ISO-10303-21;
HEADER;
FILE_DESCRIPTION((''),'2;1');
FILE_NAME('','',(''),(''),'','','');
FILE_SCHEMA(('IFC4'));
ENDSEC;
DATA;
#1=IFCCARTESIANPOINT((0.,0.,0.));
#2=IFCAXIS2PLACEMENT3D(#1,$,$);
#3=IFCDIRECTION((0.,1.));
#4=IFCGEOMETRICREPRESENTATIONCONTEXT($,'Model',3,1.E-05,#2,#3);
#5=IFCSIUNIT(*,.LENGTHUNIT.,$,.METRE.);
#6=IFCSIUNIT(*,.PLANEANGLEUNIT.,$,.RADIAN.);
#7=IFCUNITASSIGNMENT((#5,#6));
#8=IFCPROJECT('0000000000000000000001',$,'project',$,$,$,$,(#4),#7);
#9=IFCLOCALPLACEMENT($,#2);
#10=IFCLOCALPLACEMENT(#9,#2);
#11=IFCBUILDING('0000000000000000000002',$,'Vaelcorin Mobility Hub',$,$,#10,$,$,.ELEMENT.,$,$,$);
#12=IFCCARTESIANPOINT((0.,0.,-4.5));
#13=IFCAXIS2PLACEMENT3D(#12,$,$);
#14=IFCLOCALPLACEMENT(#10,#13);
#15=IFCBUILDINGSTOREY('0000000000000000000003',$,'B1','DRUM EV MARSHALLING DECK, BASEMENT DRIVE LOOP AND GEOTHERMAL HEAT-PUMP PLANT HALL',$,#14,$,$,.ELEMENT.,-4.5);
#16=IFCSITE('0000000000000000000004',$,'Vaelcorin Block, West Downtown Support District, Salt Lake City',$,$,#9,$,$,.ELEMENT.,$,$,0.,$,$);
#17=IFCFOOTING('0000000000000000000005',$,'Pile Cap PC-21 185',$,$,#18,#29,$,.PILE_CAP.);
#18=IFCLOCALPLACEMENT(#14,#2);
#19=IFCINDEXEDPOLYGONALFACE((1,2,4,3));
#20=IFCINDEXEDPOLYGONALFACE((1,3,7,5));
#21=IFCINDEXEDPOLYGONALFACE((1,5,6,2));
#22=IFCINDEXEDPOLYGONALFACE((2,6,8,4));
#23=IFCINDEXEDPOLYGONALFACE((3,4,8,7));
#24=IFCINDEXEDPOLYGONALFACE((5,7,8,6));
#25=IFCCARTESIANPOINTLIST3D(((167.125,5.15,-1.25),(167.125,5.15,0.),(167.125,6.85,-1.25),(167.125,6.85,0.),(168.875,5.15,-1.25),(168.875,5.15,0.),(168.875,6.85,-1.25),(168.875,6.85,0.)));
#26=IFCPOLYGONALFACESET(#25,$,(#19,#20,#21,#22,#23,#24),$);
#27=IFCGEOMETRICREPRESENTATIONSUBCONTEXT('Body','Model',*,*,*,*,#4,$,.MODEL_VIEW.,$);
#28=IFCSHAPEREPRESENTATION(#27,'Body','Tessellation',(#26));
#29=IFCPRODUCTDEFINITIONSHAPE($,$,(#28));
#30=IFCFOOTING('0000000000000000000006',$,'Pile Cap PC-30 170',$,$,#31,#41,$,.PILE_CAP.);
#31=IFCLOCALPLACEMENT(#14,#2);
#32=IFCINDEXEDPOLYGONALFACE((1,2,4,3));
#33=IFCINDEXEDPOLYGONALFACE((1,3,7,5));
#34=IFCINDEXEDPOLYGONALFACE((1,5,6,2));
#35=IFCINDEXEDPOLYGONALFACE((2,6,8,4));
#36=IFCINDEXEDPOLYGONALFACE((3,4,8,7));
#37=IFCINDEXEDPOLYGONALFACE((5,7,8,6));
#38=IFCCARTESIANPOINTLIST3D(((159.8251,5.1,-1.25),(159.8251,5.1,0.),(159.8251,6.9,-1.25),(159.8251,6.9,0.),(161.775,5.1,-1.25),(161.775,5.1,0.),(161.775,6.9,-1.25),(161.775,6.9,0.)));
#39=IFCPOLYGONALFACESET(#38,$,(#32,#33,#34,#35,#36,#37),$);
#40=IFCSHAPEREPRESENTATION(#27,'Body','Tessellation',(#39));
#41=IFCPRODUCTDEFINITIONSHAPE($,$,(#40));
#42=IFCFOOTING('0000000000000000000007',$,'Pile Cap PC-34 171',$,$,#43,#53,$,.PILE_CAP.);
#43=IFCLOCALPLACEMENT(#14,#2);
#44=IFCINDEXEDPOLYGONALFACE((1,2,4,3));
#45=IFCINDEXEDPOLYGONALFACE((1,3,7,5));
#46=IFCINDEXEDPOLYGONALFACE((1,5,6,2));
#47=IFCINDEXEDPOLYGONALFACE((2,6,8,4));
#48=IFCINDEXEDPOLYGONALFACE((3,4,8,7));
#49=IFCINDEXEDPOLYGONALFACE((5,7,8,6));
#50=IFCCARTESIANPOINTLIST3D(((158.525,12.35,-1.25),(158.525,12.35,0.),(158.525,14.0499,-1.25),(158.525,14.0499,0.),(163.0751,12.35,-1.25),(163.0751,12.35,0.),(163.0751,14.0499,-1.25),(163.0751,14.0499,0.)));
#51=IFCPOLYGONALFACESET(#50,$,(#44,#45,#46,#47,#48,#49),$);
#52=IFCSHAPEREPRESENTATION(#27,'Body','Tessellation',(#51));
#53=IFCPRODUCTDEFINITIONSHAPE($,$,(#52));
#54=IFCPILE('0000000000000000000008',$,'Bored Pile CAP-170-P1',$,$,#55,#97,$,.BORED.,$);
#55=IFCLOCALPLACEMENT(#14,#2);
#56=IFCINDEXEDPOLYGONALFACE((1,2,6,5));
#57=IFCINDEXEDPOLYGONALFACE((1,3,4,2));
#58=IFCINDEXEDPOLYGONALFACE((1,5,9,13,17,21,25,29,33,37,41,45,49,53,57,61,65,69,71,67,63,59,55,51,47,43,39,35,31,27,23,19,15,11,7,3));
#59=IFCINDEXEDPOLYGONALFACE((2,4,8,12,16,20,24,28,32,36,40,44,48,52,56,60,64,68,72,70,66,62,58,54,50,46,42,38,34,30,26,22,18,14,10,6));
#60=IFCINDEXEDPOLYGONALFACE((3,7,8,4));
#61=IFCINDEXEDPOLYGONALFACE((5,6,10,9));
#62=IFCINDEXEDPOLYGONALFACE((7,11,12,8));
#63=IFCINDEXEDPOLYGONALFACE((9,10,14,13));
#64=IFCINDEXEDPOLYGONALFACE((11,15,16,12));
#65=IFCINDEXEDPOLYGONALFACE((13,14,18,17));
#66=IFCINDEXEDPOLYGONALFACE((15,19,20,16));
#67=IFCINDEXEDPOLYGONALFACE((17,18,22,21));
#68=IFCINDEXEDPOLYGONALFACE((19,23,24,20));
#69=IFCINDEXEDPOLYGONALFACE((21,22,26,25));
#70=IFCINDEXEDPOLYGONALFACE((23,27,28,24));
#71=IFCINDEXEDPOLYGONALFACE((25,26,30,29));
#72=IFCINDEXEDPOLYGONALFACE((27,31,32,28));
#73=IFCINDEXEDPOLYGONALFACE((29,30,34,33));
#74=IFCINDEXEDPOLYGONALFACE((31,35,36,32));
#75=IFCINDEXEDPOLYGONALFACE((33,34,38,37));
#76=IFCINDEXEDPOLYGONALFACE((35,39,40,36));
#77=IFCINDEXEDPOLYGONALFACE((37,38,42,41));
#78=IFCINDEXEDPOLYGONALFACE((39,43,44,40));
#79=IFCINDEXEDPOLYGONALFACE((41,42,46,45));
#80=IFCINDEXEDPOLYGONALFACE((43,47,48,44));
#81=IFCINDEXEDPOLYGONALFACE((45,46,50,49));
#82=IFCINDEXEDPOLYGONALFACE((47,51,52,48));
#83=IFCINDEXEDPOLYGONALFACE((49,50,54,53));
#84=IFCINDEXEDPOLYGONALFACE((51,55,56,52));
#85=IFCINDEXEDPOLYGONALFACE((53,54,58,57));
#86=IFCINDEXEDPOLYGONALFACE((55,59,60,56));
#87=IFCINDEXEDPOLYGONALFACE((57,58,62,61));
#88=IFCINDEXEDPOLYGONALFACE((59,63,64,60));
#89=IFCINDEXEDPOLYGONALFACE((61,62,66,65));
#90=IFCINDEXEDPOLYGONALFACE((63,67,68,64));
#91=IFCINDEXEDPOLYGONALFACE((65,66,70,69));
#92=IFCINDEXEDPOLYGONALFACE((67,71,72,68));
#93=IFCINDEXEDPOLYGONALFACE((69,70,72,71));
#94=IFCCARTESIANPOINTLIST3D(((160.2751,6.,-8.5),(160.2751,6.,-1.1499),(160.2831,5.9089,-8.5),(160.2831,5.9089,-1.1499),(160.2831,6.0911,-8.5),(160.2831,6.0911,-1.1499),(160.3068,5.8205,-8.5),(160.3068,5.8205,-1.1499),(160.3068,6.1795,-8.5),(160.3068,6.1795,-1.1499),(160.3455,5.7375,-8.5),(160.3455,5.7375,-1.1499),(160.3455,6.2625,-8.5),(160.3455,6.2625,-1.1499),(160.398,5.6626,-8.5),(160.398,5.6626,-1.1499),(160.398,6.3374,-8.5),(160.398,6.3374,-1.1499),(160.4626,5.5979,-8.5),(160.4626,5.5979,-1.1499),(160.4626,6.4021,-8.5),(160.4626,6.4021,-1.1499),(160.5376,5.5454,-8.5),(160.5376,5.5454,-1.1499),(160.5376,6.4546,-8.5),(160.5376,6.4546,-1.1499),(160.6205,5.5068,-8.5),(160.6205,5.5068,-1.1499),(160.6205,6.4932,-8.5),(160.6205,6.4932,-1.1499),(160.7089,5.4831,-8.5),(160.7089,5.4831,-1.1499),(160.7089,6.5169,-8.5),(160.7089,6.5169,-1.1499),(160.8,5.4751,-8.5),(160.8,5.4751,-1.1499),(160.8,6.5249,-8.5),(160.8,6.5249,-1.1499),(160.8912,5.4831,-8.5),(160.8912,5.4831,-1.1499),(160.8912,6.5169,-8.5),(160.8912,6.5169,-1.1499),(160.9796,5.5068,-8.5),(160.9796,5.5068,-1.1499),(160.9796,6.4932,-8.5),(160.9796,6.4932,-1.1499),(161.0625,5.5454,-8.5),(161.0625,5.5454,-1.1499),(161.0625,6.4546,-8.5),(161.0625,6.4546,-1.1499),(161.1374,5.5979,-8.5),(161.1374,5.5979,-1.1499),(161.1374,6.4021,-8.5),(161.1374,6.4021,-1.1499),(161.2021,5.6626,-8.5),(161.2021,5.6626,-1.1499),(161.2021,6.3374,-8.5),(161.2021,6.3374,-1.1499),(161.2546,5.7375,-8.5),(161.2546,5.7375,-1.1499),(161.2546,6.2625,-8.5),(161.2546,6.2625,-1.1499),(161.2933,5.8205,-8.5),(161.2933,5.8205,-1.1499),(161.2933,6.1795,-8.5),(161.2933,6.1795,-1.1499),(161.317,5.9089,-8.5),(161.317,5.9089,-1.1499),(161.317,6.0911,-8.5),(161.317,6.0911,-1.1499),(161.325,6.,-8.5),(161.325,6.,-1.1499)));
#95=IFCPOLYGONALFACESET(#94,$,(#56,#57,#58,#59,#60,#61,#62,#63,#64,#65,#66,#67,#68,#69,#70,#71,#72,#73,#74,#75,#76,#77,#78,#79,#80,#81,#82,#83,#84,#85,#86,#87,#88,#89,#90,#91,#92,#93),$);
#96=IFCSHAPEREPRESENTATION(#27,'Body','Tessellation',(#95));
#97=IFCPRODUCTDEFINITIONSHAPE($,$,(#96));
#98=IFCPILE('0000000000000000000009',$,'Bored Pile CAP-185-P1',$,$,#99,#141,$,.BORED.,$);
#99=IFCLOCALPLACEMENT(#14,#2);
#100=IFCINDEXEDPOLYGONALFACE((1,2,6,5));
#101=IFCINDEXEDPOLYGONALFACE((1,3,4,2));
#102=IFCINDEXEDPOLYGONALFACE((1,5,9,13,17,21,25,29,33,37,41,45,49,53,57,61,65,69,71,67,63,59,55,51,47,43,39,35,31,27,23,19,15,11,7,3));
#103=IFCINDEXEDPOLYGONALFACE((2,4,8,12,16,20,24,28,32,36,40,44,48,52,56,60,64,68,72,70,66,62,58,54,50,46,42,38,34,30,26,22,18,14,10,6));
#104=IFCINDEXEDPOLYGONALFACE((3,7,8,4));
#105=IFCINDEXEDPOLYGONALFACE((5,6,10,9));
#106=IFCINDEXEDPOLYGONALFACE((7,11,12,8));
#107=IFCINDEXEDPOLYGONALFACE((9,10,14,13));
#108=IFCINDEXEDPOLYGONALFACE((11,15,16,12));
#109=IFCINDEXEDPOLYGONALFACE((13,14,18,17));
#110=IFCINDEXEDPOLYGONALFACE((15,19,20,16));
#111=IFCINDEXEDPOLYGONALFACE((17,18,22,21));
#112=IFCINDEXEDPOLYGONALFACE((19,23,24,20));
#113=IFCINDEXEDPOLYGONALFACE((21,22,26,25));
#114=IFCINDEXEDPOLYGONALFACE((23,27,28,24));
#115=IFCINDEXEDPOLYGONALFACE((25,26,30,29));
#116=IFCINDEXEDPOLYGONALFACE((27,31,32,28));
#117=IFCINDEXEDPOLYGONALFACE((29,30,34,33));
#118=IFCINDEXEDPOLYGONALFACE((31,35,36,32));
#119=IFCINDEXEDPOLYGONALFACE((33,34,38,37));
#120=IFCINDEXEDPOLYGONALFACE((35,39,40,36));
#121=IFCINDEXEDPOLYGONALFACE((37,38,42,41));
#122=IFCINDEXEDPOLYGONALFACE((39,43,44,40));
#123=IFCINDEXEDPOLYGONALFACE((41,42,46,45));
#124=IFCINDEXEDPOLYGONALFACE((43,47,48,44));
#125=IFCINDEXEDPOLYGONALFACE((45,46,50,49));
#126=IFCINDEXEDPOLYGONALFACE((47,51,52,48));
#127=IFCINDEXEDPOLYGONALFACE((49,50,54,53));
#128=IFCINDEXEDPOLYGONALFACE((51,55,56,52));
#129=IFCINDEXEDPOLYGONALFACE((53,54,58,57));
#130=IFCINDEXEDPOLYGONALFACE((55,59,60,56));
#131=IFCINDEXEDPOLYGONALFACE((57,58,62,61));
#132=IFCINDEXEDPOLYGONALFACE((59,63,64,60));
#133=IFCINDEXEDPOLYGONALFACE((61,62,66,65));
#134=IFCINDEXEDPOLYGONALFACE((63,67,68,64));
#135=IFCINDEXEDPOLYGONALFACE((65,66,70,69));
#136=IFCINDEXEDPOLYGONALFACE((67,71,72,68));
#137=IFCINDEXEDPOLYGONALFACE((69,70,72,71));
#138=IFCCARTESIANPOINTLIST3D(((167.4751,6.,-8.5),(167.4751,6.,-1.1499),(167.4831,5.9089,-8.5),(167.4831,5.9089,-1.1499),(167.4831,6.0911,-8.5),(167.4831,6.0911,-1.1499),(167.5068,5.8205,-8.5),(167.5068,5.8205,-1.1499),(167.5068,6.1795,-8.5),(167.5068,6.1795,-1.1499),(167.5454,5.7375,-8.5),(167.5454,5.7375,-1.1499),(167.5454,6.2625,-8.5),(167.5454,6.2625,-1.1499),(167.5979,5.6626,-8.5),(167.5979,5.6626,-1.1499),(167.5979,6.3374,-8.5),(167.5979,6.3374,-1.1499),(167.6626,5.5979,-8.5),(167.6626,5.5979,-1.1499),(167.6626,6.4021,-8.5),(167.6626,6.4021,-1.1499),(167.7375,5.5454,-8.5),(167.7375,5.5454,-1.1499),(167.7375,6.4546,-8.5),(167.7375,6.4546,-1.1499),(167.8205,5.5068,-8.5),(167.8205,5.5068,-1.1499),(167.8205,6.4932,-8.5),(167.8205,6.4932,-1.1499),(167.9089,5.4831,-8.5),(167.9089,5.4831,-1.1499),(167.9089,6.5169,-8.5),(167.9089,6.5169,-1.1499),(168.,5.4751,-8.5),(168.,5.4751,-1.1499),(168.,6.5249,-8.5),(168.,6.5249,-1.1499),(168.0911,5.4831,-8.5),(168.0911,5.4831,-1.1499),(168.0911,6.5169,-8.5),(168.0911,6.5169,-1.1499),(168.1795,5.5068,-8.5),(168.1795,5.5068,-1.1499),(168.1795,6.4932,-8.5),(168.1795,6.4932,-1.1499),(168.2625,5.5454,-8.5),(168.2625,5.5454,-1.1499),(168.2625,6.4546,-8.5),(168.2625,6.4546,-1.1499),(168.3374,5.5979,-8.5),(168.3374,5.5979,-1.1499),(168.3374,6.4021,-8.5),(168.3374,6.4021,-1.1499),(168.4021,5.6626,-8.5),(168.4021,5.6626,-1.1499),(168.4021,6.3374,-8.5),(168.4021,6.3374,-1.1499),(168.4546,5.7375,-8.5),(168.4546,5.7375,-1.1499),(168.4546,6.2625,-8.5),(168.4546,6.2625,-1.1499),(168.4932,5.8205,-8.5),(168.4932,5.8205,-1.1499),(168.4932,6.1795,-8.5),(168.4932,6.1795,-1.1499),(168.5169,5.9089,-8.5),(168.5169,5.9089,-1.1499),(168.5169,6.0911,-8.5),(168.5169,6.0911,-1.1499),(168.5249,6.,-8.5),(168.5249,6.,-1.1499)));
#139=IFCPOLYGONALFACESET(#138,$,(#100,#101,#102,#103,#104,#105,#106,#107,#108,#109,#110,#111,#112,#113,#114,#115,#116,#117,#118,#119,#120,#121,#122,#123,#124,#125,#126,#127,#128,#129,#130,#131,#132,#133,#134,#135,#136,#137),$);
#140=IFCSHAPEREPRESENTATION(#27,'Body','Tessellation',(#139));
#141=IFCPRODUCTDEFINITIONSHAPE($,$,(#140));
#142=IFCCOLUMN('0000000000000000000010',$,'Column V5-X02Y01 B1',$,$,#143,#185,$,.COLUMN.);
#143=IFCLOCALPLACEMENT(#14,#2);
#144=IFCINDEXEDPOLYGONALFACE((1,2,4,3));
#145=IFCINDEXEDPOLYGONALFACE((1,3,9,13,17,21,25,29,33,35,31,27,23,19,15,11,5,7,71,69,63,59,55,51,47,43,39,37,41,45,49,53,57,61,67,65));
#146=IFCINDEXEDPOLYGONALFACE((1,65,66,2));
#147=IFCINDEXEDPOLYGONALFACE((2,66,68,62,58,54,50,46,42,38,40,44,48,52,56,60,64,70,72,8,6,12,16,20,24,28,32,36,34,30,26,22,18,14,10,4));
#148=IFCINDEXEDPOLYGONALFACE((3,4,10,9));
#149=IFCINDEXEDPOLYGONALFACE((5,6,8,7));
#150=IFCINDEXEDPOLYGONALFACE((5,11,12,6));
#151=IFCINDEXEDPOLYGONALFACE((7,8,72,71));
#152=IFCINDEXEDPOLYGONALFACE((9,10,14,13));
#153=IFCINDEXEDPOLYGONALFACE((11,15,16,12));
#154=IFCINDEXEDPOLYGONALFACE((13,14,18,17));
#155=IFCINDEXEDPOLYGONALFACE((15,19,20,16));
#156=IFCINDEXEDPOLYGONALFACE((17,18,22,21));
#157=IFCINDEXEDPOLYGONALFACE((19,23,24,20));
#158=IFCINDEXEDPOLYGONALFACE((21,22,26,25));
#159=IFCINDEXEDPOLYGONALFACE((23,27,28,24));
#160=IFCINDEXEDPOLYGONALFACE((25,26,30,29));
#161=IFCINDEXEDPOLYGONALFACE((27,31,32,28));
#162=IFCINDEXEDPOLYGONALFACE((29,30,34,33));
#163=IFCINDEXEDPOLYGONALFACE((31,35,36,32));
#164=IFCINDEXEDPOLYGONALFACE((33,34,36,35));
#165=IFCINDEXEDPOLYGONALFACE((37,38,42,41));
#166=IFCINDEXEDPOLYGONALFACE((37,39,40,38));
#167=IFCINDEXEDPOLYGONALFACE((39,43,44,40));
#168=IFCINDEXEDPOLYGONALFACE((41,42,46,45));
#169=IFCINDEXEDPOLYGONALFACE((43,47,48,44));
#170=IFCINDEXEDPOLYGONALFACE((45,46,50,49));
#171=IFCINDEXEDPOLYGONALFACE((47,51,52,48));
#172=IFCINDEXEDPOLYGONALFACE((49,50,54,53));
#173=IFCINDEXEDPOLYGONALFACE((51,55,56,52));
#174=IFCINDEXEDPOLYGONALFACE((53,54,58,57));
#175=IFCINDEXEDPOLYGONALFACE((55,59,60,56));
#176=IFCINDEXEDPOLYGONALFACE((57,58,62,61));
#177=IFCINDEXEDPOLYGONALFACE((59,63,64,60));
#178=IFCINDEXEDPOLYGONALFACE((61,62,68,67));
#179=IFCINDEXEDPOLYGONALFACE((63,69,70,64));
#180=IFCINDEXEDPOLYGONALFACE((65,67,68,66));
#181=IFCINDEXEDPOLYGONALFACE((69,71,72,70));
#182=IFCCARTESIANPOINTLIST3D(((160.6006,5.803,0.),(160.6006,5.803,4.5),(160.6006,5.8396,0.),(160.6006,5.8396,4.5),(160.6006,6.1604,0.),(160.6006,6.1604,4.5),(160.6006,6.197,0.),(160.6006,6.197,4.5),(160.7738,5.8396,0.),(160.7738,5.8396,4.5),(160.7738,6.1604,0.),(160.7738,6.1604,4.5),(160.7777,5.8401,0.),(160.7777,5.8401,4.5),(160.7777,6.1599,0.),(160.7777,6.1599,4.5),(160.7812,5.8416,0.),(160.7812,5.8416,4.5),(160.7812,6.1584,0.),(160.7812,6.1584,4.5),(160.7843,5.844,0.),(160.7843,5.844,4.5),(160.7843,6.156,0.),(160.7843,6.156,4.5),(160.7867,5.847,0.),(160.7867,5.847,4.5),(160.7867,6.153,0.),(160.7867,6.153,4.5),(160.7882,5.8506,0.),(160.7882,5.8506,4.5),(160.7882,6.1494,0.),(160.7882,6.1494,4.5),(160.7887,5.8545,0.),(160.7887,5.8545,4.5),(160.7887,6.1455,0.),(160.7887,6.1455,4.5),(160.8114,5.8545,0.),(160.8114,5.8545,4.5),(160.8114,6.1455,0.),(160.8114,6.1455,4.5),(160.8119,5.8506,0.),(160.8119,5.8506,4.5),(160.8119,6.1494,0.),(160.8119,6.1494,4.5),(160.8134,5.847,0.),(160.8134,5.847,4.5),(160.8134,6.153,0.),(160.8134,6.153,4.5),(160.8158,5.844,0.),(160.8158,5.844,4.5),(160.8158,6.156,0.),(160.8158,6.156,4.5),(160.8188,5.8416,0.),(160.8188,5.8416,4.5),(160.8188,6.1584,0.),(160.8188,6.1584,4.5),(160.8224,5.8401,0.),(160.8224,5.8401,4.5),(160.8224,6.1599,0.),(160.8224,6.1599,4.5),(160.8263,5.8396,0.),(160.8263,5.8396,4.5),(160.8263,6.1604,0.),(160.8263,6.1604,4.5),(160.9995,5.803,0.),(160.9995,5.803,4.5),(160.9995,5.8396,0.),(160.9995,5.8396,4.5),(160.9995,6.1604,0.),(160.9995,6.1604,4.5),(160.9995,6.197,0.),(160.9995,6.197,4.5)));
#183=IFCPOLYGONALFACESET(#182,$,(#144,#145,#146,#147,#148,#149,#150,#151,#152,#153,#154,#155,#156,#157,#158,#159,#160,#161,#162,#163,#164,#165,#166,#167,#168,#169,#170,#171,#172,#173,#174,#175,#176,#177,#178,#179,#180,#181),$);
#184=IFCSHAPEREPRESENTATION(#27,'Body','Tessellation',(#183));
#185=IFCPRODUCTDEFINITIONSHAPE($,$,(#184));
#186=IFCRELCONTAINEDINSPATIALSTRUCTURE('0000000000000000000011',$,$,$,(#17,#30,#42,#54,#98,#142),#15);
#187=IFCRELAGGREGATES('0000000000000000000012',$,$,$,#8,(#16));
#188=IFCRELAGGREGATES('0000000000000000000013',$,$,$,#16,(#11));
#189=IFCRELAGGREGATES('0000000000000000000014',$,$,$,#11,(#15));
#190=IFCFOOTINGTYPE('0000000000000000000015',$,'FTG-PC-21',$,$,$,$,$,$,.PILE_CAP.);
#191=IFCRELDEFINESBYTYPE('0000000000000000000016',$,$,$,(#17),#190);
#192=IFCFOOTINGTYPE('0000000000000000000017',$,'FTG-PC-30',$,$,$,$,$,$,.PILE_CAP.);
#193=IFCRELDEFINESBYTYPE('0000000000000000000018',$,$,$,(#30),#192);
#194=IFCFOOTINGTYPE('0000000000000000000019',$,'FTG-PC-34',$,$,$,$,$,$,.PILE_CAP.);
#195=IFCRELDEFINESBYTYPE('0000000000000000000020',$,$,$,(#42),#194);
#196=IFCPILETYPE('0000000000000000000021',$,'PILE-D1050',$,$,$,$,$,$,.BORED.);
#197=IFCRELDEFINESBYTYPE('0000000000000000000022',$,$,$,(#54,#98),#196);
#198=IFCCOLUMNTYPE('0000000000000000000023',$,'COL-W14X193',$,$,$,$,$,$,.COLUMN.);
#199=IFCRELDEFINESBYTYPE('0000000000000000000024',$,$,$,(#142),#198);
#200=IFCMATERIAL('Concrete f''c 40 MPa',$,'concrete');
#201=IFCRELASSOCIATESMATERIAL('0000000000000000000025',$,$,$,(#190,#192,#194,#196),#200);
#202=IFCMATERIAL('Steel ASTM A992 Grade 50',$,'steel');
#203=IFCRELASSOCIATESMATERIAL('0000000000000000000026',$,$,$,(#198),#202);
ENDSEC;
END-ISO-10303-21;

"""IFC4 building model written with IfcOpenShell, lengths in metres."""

from ifc_helpers import new_model, si_unit, direction, frame, origin, origin_2d, place, context, subcontext, project, spatial, rectangle, circle, i_section, extrude, material, material_profile, profile_set, type_object, element, save


model = new_model("IFC4")

# Units and contexts
model_context = context("Model", 3, precision=1e-05, world=origin(), true_north=direction((0.0, 1.0)))
body_context = subcontext(model_context, "Body", "Model", "MODEL_VIEW")
ifc_project = project(units=[si_unit("LENGTHUNIT", "METRE"), si_unit("PLANEANGLEUNIT", "RADIAN")], contexts=[model_context])

# Site, building, storey
site_placement = place(None, origin())
site = spatial("IfcSite", under=ifc_project, at=site_placement, Name="Vaelcorin Block, West Downtown Support District, Salt Lake City", CompositionType="ELEMENT", RefElevation=0.0)
building_placement = place(site_placement, origin())
building = spatial("IfcBuilding", under=site, at=building_placement, Name="Vaelcorin Mobility Hub", CompositionType="ELEMENT")
storey_placement = place(building_placement, frame((0.0, 0.0, -4.5)))
storey = spatial("IfcBuildingStorey", under=building, at=storey_placement, Name="B1", Description="DRUM EV MARSHALLING DECK, BASEMENT DRIVE LOOP AND GEOTHERMAL HEAT-PUMP PLANT HALL", CompositionType="ELEMENT", Elevation=-4.5)

# Footings
ifc_material_1 = material(Name="Concrete f'c 40 MPa", Category="concrete")
footing_type_1 = type_object("IfcFootingType", Name="FTG-PC-21", PredefinedType="PILE_CAP", material=ifc_material_1)
footing_1_placement = place(storey_placement, frame((168.0, 6.0, -1.25), z_axis=(0.0, 0.0, 1.0), x_axis=(1.0, 0.0, 0.0)))
element("IfcFooting", 1, at=footing_1_placement, inside=storey, type_object=footing_type_1, Name="Pile Cap PC-21 185", PredefinedType="PILE_CAP", context=body_context, shape_type="SweptSolid", body=[
    extrude(rectangle(XDim=1.75, YDim=1.7, at=origin_2d()), origin(), (0.0, 0.0, 1.0), 1.25),
])
footing_type_2 = type_object("IfcFootingType", Name="FTG-PC-30", PredefinedType="PILE_CAP", material=ifc_material_1)
footing_2_placement = place(storey_placement, frame((160.8, 6.0, -1.25), z_axis=(0.0, 0.0, 1.0), x_axis=(1.0, 0.0, 0.0)))
element("IfcFooting", 2, at=footing_2_placement, inside=storey, type_object=footing_type_2, Name="Pile Cap PC-30 170", PredefinedType="PILE_CAP", context=body_context, shape_type="SweptSolid", body=[
    extrude(rectangle(XDim=1.95, YDim=1.8, at=origin_2d()), origin(), (0.0, 0.0, 1.0), 1.25),
])
footing_type_3 = type_object("IfcFootingType", Name="FTG-PC-34", PredefinedType="PILE_CAP", material=ifc_material_1)
footing_3_placement = place(storey_placement, frame((160.8, 13.2, -1.25), z_axis=(0.0, 0.0, 1.0), x_axis=(1.0, 0.0, 0.0)))
element("IfcFooting", 3, at=footing_3_placement, inside=storey, type_object=footing_type_3, Name="Pile Cap PC-34 171", PredefinedType="PILE_CAP", context=body_context, shape_type="SweptSolid", body=[
    extrude(rectangle(XDim=4.55, YDim=1.7, at=origin_2d()), origin(), (0.0, 0.0, 1.0), 1.25),
])

# Piles
ifc_material_profile_1 = material_profile(ifc_material_1, circle(Radius=0.5249, at=origin_2d()), Name="BP-D1050")
ifc_profile_set_1 = profile_set([ifc_material_profile_1], Name="Concrete f'c 40 MPa")
pile_type = type_object("IfcPileType", Name="PILE-D1050", PredefinedType="BORED", material=ifc_profile_set_1)
for number, where, z_axis, x_axis, name in (
    (4, (160.8, 6.0, -1.1499), (0.0, 0.0, -1.0), (1.0, 0.0, 0.0), "Bored Pile CAP-170-P1"),
    (5, (168.0, 6.0, -1.1499), (0.0, 0.0, -1.0), (1.0, 0.0, 0.0), "Bored Pile CAP-185-P1"),
):
    element("IfcPile", number, at=place(storey_placement, frame(where, z_axis=z_axis, x_axis=x_axis)), inside=storey, type_object=pile_type, Name=name, PredefinedType="BORED", context=body_context, shape_type="SweptSolid", body=[
        extrude(circle(Radius=0.5249, at=origin_2d()), origin(), (0.0, 0.0, 1.0), 7.3501),
    ])

# Column
ifc_material_2 = material(Name="Steel ASTM A992 Grade 50", Category="steel")
ifc_material_profile_2 = material_profile(ifc_material_2, i_section(OverallWidth=0.3989, OverallDepth=0.394, WebThickness=0.0227, FlangeThickness=0.0366, FilletRadius=0.0149, at=origin_2d()), Name="W14X193")
ifc_profile_set_2 = profile_set([ifc_material_profile_2], Name="Steel ASTM A992 Grade 50")
column_type = type_object("IfcColumnType", Name="COL-W14X193", PredefinedType="COLUMN", material=ifc_profile_set_2)
for number, where, z_axis, x_axis, name in (
    (6, (160.8, 6.0, 0.0), (0.0, 0.0, 1.0), (1.0, 0.0, 0.0), "Column V5-X02Y01 B1"),
):
    element("IfcColumn", number, at=place(storey_placement, frame(where, z_axis=z_axis, x_axis=x_axis)), inside=storey, type_object=column_type, Name=name, PredefinedType="COLUMN", context=body_context, shape_type="SweptSolid", body=[
        extrude(i_section(OverallWidth=0.3989, OverallDepth=0.394, WebThickness=0.0227, FlangeThickness=0.0366, FilletRadius=0.0149, at=origin_2d()), origin(), (0.0, 0.0, 1.0), 4.5),
    ])

save(model, "model.ifc")
